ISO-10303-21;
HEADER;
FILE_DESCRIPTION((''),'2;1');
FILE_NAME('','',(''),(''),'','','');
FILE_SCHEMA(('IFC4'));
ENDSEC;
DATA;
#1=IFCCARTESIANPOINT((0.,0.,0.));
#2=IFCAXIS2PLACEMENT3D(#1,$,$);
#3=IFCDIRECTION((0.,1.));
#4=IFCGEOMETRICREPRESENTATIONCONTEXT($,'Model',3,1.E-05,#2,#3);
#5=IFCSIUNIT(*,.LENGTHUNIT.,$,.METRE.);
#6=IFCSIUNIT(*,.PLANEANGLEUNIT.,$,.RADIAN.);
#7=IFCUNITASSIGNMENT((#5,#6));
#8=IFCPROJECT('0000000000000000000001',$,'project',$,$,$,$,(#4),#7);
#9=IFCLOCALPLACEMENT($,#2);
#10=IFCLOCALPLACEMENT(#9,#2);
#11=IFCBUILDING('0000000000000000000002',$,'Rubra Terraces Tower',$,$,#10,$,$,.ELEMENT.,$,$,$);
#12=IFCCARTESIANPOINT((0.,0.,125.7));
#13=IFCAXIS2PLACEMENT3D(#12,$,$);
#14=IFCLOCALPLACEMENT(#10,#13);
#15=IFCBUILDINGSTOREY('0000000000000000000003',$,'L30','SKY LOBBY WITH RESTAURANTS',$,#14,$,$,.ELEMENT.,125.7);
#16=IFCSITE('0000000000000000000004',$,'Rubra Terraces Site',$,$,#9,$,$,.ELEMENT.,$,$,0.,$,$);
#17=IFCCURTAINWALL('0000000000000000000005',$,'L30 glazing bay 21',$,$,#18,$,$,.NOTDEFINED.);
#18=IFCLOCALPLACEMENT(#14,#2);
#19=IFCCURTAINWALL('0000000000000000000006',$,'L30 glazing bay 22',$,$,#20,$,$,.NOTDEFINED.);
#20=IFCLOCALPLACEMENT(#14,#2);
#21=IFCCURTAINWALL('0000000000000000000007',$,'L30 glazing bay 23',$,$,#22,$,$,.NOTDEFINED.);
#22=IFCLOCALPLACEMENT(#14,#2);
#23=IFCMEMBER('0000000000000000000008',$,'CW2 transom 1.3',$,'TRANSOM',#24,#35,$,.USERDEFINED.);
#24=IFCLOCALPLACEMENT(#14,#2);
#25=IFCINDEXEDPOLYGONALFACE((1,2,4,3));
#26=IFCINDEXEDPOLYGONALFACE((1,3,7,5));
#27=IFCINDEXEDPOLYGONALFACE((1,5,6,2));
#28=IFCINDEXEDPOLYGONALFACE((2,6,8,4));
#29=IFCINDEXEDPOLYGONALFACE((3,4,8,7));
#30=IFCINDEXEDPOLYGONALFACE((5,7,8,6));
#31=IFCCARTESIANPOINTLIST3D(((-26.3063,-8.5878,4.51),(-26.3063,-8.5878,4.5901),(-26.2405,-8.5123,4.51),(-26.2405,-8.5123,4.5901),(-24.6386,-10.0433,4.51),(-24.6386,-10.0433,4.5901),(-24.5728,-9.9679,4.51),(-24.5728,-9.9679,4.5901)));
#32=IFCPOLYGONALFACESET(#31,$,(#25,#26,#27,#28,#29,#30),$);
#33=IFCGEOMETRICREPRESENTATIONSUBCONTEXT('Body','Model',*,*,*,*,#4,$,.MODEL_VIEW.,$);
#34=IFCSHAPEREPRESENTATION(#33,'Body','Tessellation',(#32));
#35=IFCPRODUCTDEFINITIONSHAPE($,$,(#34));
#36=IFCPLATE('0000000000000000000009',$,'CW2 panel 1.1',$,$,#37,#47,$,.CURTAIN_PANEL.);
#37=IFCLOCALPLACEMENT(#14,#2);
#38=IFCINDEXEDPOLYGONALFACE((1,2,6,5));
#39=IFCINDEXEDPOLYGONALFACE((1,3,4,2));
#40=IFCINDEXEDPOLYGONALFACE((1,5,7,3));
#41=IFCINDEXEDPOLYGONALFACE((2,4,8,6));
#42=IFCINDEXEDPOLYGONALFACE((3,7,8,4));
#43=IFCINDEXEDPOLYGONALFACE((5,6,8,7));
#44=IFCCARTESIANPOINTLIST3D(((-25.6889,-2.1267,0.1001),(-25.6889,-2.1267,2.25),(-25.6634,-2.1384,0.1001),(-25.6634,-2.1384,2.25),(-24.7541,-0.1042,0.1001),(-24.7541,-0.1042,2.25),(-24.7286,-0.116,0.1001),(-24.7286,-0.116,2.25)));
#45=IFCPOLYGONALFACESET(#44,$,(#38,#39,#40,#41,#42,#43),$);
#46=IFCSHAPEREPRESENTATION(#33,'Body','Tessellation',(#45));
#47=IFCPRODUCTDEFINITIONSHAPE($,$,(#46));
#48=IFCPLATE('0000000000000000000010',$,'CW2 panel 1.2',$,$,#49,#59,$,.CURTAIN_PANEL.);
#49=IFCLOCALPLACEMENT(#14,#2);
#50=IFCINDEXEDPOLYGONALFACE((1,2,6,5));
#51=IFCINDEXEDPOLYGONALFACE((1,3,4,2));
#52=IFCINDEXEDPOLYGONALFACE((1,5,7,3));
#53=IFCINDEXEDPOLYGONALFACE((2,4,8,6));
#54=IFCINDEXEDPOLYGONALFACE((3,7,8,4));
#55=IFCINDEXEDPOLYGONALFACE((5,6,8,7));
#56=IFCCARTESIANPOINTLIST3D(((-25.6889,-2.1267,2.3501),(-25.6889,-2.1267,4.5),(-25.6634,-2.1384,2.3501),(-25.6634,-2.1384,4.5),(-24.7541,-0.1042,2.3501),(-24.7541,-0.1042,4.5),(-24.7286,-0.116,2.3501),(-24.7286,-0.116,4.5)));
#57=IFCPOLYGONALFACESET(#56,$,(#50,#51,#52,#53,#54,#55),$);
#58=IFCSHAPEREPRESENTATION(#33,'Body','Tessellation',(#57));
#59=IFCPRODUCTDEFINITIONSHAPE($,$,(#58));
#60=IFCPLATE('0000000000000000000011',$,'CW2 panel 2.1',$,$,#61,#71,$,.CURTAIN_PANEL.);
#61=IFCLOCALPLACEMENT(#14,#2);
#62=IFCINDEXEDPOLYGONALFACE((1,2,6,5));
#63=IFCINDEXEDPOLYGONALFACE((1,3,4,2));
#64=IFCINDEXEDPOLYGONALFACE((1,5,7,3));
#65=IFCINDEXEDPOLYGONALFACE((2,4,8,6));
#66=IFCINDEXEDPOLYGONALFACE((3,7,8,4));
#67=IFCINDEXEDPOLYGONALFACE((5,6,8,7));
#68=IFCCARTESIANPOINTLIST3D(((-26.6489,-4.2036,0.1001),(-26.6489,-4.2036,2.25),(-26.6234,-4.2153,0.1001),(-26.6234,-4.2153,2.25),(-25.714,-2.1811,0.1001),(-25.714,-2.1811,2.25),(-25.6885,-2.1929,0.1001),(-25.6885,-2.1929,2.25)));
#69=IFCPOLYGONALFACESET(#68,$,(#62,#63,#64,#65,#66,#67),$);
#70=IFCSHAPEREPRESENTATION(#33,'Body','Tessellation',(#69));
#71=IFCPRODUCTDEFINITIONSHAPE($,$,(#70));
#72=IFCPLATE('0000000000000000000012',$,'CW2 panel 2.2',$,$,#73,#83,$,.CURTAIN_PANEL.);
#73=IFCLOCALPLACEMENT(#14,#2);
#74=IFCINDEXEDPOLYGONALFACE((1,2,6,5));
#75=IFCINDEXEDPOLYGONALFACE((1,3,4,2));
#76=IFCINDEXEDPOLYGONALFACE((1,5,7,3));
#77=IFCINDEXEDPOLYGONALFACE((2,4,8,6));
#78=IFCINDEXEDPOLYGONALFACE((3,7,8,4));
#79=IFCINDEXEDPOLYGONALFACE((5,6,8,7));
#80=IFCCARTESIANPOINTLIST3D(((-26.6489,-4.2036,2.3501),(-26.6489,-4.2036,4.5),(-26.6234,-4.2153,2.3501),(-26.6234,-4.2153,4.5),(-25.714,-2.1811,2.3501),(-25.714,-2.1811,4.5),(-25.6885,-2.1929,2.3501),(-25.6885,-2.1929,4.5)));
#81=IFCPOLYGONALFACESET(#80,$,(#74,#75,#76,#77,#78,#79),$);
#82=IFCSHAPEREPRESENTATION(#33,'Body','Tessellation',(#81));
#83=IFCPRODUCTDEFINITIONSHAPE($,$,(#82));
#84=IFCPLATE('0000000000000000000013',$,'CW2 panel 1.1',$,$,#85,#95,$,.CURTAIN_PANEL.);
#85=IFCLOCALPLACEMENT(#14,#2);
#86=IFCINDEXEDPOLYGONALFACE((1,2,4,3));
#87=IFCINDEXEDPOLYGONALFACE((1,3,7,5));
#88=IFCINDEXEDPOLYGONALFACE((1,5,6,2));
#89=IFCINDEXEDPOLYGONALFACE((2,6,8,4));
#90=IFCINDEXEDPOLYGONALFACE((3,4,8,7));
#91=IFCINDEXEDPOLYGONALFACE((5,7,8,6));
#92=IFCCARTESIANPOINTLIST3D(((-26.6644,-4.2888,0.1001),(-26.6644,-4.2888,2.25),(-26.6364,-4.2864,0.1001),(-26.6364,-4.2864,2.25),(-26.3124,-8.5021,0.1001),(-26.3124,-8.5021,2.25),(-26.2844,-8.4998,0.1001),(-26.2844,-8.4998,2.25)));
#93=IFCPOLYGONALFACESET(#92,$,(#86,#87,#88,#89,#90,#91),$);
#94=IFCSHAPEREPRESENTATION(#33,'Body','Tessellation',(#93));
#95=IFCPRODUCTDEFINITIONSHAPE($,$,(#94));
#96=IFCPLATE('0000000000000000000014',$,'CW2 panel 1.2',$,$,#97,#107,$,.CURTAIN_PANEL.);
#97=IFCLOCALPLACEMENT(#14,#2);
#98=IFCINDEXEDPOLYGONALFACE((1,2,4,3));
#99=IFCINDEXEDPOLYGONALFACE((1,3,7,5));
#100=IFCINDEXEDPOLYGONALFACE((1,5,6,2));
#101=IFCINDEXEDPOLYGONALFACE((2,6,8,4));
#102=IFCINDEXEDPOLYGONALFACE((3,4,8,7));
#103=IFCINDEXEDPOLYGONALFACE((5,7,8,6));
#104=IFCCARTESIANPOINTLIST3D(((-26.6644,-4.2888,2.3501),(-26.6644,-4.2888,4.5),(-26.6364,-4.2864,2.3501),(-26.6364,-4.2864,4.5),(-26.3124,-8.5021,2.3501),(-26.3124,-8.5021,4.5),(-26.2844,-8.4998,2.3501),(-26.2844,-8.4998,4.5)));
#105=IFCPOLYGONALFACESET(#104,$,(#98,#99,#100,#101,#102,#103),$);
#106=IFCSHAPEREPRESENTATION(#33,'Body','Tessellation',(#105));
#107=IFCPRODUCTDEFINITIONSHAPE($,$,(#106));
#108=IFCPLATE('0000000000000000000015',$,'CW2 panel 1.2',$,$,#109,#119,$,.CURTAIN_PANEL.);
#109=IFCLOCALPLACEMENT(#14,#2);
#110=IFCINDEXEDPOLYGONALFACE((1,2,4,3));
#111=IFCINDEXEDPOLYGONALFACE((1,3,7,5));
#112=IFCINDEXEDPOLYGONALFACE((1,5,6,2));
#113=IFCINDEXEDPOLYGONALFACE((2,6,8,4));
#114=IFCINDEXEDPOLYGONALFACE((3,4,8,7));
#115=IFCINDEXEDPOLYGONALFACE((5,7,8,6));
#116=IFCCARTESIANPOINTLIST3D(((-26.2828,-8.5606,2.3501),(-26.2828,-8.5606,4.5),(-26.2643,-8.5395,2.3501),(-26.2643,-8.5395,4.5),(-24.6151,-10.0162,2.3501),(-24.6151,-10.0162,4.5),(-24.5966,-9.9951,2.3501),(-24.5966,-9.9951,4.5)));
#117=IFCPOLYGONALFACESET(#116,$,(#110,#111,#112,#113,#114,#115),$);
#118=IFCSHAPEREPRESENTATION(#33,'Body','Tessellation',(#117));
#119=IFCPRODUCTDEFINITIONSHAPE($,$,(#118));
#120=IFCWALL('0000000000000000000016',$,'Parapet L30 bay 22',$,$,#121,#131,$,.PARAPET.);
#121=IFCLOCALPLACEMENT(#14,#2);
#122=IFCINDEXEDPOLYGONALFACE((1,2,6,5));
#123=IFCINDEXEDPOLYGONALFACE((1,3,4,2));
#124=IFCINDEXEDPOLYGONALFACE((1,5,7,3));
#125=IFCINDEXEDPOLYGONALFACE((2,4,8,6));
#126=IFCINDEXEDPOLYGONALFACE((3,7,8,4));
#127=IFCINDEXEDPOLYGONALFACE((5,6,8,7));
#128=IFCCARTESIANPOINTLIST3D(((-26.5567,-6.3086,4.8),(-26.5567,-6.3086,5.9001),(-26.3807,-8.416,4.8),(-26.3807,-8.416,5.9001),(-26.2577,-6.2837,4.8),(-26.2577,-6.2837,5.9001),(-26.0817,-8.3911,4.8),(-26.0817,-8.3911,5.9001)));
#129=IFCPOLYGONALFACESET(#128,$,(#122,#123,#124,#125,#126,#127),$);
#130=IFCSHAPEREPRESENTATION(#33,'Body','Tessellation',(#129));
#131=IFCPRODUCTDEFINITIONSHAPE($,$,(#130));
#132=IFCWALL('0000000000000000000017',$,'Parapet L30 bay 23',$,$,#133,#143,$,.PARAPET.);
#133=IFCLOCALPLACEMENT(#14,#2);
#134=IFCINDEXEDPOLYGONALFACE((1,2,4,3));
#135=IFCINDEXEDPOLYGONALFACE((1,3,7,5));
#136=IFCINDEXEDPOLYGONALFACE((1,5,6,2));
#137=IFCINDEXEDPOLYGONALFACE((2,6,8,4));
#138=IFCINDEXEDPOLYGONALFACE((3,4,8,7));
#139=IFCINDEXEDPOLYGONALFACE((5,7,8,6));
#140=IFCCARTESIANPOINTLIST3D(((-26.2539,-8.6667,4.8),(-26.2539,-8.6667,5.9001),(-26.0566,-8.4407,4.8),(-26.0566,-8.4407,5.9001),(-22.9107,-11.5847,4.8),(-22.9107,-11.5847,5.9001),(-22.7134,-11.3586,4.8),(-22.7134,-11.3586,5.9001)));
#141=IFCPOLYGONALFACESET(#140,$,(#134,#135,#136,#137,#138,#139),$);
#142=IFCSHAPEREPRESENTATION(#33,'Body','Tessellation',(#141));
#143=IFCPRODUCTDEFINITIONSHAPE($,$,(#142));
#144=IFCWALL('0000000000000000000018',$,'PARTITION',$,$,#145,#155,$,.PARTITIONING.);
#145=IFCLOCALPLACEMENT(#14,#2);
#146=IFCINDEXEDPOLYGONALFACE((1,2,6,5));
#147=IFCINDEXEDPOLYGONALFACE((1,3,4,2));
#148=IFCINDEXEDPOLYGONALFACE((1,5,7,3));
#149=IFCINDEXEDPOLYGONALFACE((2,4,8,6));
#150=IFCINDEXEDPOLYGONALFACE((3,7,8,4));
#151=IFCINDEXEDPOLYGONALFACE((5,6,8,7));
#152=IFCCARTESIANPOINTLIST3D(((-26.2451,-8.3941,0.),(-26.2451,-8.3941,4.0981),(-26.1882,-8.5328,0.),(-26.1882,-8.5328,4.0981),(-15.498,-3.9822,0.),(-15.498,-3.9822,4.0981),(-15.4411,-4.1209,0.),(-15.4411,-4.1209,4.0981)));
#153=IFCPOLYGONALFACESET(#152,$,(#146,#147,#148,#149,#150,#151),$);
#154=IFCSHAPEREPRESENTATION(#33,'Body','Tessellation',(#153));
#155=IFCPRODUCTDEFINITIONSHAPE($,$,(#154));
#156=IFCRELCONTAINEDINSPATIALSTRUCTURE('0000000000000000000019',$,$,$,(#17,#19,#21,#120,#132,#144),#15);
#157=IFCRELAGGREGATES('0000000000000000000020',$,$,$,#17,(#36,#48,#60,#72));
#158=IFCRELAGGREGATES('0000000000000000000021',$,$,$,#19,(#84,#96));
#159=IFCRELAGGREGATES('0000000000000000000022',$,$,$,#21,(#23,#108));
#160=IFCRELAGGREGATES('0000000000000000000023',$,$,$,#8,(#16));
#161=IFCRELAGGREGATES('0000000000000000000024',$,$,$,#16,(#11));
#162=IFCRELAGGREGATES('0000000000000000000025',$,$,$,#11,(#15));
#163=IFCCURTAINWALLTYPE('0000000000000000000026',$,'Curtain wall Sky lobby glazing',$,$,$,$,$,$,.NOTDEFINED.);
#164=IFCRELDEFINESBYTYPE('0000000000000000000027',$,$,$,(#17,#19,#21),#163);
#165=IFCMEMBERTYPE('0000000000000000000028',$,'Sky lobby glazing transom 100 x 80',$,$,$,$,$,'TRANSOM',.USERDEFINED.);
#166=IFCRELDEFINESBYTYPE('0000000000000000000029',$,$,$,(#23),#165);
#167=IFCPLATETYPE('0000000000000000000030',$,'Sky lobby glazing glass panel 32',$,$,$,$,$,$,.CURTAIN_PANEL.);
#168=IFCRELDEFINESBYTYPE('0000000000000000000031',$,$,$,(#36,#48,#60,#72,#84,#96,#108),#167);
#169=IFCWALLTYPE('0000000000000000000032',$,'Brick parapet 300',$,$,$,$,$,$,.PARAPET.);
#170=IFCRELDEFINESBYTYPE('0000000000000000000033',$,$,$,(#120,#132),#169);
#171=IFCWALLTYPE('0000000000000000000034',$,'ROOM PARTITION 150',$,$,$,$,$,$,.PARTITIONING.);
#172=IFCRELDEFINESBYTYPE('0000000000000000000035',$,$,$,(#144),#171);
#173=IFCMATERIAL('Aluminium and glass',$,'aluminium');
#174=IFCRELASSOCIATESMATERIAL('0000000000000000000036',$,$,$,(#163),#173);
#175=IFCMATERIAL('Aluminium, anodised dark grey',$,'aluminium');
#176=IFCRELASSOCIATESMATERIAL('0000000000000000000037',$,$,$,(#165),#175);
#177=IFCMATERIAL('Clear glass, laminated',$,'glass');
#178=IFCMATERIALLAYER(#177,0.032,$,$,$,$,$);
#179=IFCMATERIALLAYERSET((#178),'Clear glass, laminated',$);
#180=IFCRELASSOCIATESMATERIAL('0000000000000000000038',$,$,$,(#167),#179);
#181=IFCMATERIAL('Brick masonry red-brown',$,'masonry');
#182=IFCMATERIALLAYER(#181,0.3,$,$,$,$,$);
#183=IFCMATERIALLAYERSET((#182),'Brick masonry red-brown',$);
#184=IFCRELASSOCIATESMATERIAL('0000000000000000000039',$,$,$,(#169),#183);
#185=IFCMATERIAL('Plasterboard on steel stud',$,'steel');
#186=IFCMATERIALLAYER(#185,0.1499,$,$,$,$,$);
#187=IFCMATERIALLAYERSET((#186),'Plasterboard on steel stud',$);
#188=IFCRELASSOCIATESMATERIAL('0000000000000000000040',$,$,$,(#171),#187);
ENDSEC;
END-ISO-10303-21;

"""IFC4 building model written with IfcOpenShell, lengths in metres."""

from ifc_helpers import new_model, si_unit, direction, frame, frame_2d, origin, origin_2d, place, context, subcontext, project, spatial, rectangle, extrude, material, layer, layer_set, material_profile, profile_set, type_object, element, aggregate, save


model = new_model("IFC4")

# Units and contexts
model_context = context("Model", 3, precision=1e-05, world=origin(), true_north=direction((0.0, 1.0)))
body_context = subcontext(model_context, "Body", "Model", "MODEL_VIEW")
ifc_project = project(units=[si_unit("LENGTHUNIT", "METRE"), si_unit("PLANEANGLEUNIT", "RADIAN")], contexts=[model_context])

# Site, building, storey
site_placement = place(None, origin())
site = spatial("IfcSite", under=ifc_project, at=site_placement, Name="Rubra Terraces Site", CompositionType="ELEMENT", RefElevation=0.0)
building_placement = place(site_placement, origin())
building = spatial("IfcBuilding", under=site, at=building_placement, Name="Rubra Terraces Tower", CompositionType="ELEMENT")
storey_placement = place(building_placement, frame((0.0, 0.0, 125.7)))
storey = spatial("IfcBuildingStorey", under=building, at=storey_placement, Name="L30", Description="SKY LOBBY WITH RESTAURANTS", CompositionType="ELEMENT", Elevation=125.7)

# Curtain wall
ifc_material_1 = material(Name="Aluminium and glass", Category="aluminium")
curtain_wall_type = type_object("IfcCurtainWallType", Name="Curtain wall Sky lobby glazing", PredefinedType="NOTDEFINED", material=ifc_material_1)
curtain_wall_1_placement = place(storey_placement, origin())
curtain_wall_1 = element("IfcCurtainWall", 1, at=curtain_wall_1_placement, inside=storey, type_object=curtain_wall_type, Name="L30 glazing bay 21", PredefinedType="NOTDEFINED")
ifc_material_2 = material(Name="Aluminium, anodised dark grey", Category="aluminium")

# Curtain walls
curtain_wall_2_placement = place(storey_placement, origin())
curtain_wall_2 = element("IfcCurtainWall", 2, at=curtain_wall_2_placement, inside=storey, type_object=curtain_wall_type, Name="L30 glazing bay 22", PredefinedType="NOTDEFINED")
curtain_wall_3_placement = place(storey_placement, origin())
curtain_wall_3 = element("IfcCurtainWall", 3, at=curtain_wall_3_placement, inside=storey, type_object=curtain_wall_type, Name="L30 glazing bay 23", PredefinedType="NOTDEFINED")

# Member
ifc_material_profile_1 = material_profile(ifc_material_2, rectangle(XDim=0.1001, YDim=0.0801, at=origin_2d()), Name="AL 100x80")
ifc_profile_set_1 = profile_set([ifc_material_profile_1], Name="Aluminium, anodised dark grey")
member_type_1 = type_object("IfcMemberType", Name="Sky lobby glazing transom 100 x 80", ElementType="TRANSOM", PredefinedType="USERDEFINED", material=ifc_profile_set_1)
member_1_placement = place(storey_placement, frame((-26.2734, -8.55, 4.55), z_axis=(0.753403, -0.657559, 0.0), x_axis=(0.657559, 0.753403, 0.0)))
member_1 = element("IfcMember", 4, at=member_1_placement, type_object=member_type_1, Name="CW2 transom 1.3", ObjectType="TRANSOM", PredefinedType="USERDEFINED", context=body_context, shape_type="SweptSolid", body=[
    extrude(rectangle(XDim=0.1001, YDim=0.0801, at=origin_2d()), origin(), (0.0, 0.0, 1.0), 2.2136),
])

# Plates
ifc_material_3 = material(Name="Clear glass, laminated", Category="glass")
ifc_layer_1 = layer(ifc_material_3, 0.032)
ifc_layer_set_1 = layer_set([ifc_layer_1], Name="Clear glass, laminated")
plate_type = type_object("IfcPlateType", Name="Sky lobby glazing glass panel 32", PredefinedType="CURTAIN_PANEL", material=ifc_layer_set_1)
plate_1_placement = place(storey_placement, frame((-25.2087, -1.1213, 0.1001), z_axis=(0.0, 0.0, 1.0), x_axis=(-0.419585, -0.907716, 0.0)))
plate_1 = element("IfcPlate", 5, at=plate_1_placement, type_object=plate_type, Name="CW2 panel 1.1", PredefinedType="CURTAIN_PANEL", context=body_context, shape_type="SweptSolid", body=[
    extrude(rectangle(XDim=2.228, YDim=0.0281, at=origin_2d()), origin(), (0.0, 0.0, 1.0), 2.1499),
])
plate_2_placement = place(storey_placement, frame((-25.2087, -1.1213, 2.3501), z_axis=(0.0, 0.0, 1.0), x_axis=(-0.419585, -0.907716, 0.0)))
plate_2 = element("IfcPlate", 6, at=plate_2_placement, type_object=plate_type, Name="CW2 panel 1.2", PredefinedType="CURTAIN_PANEL", context=body_context, shape_type="SweptSolid", body=[
    extrude(rectangle(XDim=2.228, YDim=0.0281, at=origin_2d()), origin(), (0.0, 0.0, 1.0), 2.1499),
])
plate_3_placement = place(storey_placement, frame((-26.1687, -3.1982, 0.1001), z_axis=(0.0, 0.0, 1.0), x_axis=(-0.419585, -0.907716, 0.0)))
plate_3 = element("IfcPlate", 7, at=plate_3_placement, type_object=plate_type, Name="CW2 panel 2.1", PredefinedType="CURTAIN_PANEL", context=body_context, shape_type="SweptSolid", body=[
    extrude(rectangle(XDim=2.228, YDim=0.0281, at=origin_2d()), origin(), (0.0, 0.0, 1.0), 2.1499),
])
plate_4_placement = place(storey_placement, frame((-26.1687, -3.1982, 2.3501), z_axis=(0.0, 0.0, 1.0), x_axis=(-0.419585, -0.907716, 0.0)))
plate_4 = element("IfcPlate", 8, at=plate_4_placement, type_object=plate_type, Name="CW2 panel 2.2", PredefinedType="CURTAIN_PANEL", context=body_context, shape_type="SweptSolid", body=[
    extrude(rectangle(XDim=2.228, YDim=0.0281, at=origin_2d()), origin(), (0.0, 0.0, 1.0), 2.1499),
])
aggregate(curtain_wall_1, [plate_1, plate_2, plate_3, plate_4])
plate_5_placement = place(storey_placement, frame((-26.4744, -6.3943, 0.1001), z_axis=(0.0, 0.0, 1.0), x_axis=(0.083255, -0.996528, 0.0)))
plate_5 = element("IfcPlate", 9, at=plate_5_placement, type_object=plate_type, Name="CW2 panel 1.1", PredefinedType="CURTAIN_PANEL", context=body_context, shape_type="SweptSolid", body=[
    extrude(rectangle(XDim=4.228, YDim=0.0281, at=origin_2d()), origin(), (0.0, 0.0, 1.0), 2.1499),
])
plate_6_placement = place(storey_placement, frame((-26.4744, -6.3943, 2.3501), z_axis=(0.0, 0.0, 1.0), x_axis=(0.083255, -0.996528, 0.0)))
plate_6 = element("IfcPlate", 10, at=plate_6_placement, type_object=plate_type, Name="CW2 panel 1.2", PredefinedType="CURTAIN_PANEL", context=body_context, shape_type="SweptSolid", body=[
    extrude(rectangle(XDim=4.228, YDim=0.0281, at=origin_2d()), origin(), (0.0, 0.0, 1.0), 2.1499),
])
aggregate(curtain_wall_2, [plate_5, plate_6])
plate_7_placement = place(storey_placement, frame((-25.4397, -9.2778, 2.3501), z_axis=(0.0, 0.0, 1.0), x_axis=(0.753396, -0.657567, 0.0)))
plate_7 = element("IfcPlate", 11, at=plate_7_placement, type_object=plate_type, Name="CW2 panel 1.2", PredefinedType="CURTAIN_PANEL", context=body_context, shape_type="SweptSolid", body=[
    extrude(rectangle(XDim=2.2136, YDim=0.0281, at=origin_2d()), origin(), (0.0, 0.0, 1.0), 2.1499),
])
aggregate(curtain_wall_3, [member_1, plate_7])

# Walls
ifc_material_4 = material(Name="Brick masonry red-brown", Category="masonry")
ifc_layer_2 = layer(ifc_material_4, 0.3)
ifc_layer_set_2 = layer_set([ifc_layer_2], Name="Brick masonry red-brown")
wall_type_1 = type_object("IfcWallType", Name="Brick parapet 300", PredefinedType="PARAPET", material=ifc_layer_set_2)
wall_1_placement = place(storey_placement, frame((-26.4072, -6.2961, 4.8), z_axis=(0.0, 0.0, 1.0), x_axis=(0.083237, -0.99653, 0.0)))
element("IfcWall", 12, at=wall_1_placement, inside=storey, type_object=wall_type_1, Name="Parapet L30 bay 22", PredefinedType="PARAPET", context=body_context, shape_type="SweptSolid", body=[
    extrude(rectangle(XDim=2.1147, YDim=0.3, at=frame_2d((1.0574, 0.0))), origin(), (0.0, 0.0, 1.0), 1.1001),
])
wall_2_placement = place(storey_placement, frame((-26.1553, -8.5537, 4.8), z_axis=(0.0, 0.0, 1.0), x_axis=(0.753401, -0.657562, 0.0)))
element("IfcWall", 13, at=wall_2_placement, inside=storey, type_object=wall_type_1, Name="Parapet L30 bay 23", PredefinedType="PARAPET", context=body_context, shape_type="SweptSolid", body=[
    extrude(rectangle(XDim=4.4375, YDim=0.3, at=frame_2d((2.2188, 0.0))), origin(), (0.0, 0.0, 1.0), 1.1001),
])
ifc_material_5 = material(Name="Plasterboard on steel stud", Category="steel")
ifc_layer_3 = layer(ifc_material_5, 0.1499)
ifc_layer_set_3 = layer_set([ifc_layer_3], Name="Plasterboard on steel stud")
wall_type_2 = type_object("IfcWallType", Name="ROOM PARTITION 150", PredefinedType="PARTITIONING", material=ifc_layer_set_3)
wall_3_placement = place(storey_placement, frame((-26.2166, -8.4634, 0.0), z_axis=(0.0, 0.0, 1.0), x_axis=(0.925084, 0.379763, 0.0)))
element("IfcWall", 14, at=wall_3_placement, inside=storey, type_object=wall_type_2, Name="PARTITION", PredefinedType="PARTITIONING", context=body_context, shape_type="SweptSolid", body=[
    extrude(rectangle(XDim=11.6174, YDim=0.1499, at=frame_2d((5.8086, 0.0))), origin(), (0.0, 0.0, 1.0), 4.0981),
])

save(model, "model.ifc")
